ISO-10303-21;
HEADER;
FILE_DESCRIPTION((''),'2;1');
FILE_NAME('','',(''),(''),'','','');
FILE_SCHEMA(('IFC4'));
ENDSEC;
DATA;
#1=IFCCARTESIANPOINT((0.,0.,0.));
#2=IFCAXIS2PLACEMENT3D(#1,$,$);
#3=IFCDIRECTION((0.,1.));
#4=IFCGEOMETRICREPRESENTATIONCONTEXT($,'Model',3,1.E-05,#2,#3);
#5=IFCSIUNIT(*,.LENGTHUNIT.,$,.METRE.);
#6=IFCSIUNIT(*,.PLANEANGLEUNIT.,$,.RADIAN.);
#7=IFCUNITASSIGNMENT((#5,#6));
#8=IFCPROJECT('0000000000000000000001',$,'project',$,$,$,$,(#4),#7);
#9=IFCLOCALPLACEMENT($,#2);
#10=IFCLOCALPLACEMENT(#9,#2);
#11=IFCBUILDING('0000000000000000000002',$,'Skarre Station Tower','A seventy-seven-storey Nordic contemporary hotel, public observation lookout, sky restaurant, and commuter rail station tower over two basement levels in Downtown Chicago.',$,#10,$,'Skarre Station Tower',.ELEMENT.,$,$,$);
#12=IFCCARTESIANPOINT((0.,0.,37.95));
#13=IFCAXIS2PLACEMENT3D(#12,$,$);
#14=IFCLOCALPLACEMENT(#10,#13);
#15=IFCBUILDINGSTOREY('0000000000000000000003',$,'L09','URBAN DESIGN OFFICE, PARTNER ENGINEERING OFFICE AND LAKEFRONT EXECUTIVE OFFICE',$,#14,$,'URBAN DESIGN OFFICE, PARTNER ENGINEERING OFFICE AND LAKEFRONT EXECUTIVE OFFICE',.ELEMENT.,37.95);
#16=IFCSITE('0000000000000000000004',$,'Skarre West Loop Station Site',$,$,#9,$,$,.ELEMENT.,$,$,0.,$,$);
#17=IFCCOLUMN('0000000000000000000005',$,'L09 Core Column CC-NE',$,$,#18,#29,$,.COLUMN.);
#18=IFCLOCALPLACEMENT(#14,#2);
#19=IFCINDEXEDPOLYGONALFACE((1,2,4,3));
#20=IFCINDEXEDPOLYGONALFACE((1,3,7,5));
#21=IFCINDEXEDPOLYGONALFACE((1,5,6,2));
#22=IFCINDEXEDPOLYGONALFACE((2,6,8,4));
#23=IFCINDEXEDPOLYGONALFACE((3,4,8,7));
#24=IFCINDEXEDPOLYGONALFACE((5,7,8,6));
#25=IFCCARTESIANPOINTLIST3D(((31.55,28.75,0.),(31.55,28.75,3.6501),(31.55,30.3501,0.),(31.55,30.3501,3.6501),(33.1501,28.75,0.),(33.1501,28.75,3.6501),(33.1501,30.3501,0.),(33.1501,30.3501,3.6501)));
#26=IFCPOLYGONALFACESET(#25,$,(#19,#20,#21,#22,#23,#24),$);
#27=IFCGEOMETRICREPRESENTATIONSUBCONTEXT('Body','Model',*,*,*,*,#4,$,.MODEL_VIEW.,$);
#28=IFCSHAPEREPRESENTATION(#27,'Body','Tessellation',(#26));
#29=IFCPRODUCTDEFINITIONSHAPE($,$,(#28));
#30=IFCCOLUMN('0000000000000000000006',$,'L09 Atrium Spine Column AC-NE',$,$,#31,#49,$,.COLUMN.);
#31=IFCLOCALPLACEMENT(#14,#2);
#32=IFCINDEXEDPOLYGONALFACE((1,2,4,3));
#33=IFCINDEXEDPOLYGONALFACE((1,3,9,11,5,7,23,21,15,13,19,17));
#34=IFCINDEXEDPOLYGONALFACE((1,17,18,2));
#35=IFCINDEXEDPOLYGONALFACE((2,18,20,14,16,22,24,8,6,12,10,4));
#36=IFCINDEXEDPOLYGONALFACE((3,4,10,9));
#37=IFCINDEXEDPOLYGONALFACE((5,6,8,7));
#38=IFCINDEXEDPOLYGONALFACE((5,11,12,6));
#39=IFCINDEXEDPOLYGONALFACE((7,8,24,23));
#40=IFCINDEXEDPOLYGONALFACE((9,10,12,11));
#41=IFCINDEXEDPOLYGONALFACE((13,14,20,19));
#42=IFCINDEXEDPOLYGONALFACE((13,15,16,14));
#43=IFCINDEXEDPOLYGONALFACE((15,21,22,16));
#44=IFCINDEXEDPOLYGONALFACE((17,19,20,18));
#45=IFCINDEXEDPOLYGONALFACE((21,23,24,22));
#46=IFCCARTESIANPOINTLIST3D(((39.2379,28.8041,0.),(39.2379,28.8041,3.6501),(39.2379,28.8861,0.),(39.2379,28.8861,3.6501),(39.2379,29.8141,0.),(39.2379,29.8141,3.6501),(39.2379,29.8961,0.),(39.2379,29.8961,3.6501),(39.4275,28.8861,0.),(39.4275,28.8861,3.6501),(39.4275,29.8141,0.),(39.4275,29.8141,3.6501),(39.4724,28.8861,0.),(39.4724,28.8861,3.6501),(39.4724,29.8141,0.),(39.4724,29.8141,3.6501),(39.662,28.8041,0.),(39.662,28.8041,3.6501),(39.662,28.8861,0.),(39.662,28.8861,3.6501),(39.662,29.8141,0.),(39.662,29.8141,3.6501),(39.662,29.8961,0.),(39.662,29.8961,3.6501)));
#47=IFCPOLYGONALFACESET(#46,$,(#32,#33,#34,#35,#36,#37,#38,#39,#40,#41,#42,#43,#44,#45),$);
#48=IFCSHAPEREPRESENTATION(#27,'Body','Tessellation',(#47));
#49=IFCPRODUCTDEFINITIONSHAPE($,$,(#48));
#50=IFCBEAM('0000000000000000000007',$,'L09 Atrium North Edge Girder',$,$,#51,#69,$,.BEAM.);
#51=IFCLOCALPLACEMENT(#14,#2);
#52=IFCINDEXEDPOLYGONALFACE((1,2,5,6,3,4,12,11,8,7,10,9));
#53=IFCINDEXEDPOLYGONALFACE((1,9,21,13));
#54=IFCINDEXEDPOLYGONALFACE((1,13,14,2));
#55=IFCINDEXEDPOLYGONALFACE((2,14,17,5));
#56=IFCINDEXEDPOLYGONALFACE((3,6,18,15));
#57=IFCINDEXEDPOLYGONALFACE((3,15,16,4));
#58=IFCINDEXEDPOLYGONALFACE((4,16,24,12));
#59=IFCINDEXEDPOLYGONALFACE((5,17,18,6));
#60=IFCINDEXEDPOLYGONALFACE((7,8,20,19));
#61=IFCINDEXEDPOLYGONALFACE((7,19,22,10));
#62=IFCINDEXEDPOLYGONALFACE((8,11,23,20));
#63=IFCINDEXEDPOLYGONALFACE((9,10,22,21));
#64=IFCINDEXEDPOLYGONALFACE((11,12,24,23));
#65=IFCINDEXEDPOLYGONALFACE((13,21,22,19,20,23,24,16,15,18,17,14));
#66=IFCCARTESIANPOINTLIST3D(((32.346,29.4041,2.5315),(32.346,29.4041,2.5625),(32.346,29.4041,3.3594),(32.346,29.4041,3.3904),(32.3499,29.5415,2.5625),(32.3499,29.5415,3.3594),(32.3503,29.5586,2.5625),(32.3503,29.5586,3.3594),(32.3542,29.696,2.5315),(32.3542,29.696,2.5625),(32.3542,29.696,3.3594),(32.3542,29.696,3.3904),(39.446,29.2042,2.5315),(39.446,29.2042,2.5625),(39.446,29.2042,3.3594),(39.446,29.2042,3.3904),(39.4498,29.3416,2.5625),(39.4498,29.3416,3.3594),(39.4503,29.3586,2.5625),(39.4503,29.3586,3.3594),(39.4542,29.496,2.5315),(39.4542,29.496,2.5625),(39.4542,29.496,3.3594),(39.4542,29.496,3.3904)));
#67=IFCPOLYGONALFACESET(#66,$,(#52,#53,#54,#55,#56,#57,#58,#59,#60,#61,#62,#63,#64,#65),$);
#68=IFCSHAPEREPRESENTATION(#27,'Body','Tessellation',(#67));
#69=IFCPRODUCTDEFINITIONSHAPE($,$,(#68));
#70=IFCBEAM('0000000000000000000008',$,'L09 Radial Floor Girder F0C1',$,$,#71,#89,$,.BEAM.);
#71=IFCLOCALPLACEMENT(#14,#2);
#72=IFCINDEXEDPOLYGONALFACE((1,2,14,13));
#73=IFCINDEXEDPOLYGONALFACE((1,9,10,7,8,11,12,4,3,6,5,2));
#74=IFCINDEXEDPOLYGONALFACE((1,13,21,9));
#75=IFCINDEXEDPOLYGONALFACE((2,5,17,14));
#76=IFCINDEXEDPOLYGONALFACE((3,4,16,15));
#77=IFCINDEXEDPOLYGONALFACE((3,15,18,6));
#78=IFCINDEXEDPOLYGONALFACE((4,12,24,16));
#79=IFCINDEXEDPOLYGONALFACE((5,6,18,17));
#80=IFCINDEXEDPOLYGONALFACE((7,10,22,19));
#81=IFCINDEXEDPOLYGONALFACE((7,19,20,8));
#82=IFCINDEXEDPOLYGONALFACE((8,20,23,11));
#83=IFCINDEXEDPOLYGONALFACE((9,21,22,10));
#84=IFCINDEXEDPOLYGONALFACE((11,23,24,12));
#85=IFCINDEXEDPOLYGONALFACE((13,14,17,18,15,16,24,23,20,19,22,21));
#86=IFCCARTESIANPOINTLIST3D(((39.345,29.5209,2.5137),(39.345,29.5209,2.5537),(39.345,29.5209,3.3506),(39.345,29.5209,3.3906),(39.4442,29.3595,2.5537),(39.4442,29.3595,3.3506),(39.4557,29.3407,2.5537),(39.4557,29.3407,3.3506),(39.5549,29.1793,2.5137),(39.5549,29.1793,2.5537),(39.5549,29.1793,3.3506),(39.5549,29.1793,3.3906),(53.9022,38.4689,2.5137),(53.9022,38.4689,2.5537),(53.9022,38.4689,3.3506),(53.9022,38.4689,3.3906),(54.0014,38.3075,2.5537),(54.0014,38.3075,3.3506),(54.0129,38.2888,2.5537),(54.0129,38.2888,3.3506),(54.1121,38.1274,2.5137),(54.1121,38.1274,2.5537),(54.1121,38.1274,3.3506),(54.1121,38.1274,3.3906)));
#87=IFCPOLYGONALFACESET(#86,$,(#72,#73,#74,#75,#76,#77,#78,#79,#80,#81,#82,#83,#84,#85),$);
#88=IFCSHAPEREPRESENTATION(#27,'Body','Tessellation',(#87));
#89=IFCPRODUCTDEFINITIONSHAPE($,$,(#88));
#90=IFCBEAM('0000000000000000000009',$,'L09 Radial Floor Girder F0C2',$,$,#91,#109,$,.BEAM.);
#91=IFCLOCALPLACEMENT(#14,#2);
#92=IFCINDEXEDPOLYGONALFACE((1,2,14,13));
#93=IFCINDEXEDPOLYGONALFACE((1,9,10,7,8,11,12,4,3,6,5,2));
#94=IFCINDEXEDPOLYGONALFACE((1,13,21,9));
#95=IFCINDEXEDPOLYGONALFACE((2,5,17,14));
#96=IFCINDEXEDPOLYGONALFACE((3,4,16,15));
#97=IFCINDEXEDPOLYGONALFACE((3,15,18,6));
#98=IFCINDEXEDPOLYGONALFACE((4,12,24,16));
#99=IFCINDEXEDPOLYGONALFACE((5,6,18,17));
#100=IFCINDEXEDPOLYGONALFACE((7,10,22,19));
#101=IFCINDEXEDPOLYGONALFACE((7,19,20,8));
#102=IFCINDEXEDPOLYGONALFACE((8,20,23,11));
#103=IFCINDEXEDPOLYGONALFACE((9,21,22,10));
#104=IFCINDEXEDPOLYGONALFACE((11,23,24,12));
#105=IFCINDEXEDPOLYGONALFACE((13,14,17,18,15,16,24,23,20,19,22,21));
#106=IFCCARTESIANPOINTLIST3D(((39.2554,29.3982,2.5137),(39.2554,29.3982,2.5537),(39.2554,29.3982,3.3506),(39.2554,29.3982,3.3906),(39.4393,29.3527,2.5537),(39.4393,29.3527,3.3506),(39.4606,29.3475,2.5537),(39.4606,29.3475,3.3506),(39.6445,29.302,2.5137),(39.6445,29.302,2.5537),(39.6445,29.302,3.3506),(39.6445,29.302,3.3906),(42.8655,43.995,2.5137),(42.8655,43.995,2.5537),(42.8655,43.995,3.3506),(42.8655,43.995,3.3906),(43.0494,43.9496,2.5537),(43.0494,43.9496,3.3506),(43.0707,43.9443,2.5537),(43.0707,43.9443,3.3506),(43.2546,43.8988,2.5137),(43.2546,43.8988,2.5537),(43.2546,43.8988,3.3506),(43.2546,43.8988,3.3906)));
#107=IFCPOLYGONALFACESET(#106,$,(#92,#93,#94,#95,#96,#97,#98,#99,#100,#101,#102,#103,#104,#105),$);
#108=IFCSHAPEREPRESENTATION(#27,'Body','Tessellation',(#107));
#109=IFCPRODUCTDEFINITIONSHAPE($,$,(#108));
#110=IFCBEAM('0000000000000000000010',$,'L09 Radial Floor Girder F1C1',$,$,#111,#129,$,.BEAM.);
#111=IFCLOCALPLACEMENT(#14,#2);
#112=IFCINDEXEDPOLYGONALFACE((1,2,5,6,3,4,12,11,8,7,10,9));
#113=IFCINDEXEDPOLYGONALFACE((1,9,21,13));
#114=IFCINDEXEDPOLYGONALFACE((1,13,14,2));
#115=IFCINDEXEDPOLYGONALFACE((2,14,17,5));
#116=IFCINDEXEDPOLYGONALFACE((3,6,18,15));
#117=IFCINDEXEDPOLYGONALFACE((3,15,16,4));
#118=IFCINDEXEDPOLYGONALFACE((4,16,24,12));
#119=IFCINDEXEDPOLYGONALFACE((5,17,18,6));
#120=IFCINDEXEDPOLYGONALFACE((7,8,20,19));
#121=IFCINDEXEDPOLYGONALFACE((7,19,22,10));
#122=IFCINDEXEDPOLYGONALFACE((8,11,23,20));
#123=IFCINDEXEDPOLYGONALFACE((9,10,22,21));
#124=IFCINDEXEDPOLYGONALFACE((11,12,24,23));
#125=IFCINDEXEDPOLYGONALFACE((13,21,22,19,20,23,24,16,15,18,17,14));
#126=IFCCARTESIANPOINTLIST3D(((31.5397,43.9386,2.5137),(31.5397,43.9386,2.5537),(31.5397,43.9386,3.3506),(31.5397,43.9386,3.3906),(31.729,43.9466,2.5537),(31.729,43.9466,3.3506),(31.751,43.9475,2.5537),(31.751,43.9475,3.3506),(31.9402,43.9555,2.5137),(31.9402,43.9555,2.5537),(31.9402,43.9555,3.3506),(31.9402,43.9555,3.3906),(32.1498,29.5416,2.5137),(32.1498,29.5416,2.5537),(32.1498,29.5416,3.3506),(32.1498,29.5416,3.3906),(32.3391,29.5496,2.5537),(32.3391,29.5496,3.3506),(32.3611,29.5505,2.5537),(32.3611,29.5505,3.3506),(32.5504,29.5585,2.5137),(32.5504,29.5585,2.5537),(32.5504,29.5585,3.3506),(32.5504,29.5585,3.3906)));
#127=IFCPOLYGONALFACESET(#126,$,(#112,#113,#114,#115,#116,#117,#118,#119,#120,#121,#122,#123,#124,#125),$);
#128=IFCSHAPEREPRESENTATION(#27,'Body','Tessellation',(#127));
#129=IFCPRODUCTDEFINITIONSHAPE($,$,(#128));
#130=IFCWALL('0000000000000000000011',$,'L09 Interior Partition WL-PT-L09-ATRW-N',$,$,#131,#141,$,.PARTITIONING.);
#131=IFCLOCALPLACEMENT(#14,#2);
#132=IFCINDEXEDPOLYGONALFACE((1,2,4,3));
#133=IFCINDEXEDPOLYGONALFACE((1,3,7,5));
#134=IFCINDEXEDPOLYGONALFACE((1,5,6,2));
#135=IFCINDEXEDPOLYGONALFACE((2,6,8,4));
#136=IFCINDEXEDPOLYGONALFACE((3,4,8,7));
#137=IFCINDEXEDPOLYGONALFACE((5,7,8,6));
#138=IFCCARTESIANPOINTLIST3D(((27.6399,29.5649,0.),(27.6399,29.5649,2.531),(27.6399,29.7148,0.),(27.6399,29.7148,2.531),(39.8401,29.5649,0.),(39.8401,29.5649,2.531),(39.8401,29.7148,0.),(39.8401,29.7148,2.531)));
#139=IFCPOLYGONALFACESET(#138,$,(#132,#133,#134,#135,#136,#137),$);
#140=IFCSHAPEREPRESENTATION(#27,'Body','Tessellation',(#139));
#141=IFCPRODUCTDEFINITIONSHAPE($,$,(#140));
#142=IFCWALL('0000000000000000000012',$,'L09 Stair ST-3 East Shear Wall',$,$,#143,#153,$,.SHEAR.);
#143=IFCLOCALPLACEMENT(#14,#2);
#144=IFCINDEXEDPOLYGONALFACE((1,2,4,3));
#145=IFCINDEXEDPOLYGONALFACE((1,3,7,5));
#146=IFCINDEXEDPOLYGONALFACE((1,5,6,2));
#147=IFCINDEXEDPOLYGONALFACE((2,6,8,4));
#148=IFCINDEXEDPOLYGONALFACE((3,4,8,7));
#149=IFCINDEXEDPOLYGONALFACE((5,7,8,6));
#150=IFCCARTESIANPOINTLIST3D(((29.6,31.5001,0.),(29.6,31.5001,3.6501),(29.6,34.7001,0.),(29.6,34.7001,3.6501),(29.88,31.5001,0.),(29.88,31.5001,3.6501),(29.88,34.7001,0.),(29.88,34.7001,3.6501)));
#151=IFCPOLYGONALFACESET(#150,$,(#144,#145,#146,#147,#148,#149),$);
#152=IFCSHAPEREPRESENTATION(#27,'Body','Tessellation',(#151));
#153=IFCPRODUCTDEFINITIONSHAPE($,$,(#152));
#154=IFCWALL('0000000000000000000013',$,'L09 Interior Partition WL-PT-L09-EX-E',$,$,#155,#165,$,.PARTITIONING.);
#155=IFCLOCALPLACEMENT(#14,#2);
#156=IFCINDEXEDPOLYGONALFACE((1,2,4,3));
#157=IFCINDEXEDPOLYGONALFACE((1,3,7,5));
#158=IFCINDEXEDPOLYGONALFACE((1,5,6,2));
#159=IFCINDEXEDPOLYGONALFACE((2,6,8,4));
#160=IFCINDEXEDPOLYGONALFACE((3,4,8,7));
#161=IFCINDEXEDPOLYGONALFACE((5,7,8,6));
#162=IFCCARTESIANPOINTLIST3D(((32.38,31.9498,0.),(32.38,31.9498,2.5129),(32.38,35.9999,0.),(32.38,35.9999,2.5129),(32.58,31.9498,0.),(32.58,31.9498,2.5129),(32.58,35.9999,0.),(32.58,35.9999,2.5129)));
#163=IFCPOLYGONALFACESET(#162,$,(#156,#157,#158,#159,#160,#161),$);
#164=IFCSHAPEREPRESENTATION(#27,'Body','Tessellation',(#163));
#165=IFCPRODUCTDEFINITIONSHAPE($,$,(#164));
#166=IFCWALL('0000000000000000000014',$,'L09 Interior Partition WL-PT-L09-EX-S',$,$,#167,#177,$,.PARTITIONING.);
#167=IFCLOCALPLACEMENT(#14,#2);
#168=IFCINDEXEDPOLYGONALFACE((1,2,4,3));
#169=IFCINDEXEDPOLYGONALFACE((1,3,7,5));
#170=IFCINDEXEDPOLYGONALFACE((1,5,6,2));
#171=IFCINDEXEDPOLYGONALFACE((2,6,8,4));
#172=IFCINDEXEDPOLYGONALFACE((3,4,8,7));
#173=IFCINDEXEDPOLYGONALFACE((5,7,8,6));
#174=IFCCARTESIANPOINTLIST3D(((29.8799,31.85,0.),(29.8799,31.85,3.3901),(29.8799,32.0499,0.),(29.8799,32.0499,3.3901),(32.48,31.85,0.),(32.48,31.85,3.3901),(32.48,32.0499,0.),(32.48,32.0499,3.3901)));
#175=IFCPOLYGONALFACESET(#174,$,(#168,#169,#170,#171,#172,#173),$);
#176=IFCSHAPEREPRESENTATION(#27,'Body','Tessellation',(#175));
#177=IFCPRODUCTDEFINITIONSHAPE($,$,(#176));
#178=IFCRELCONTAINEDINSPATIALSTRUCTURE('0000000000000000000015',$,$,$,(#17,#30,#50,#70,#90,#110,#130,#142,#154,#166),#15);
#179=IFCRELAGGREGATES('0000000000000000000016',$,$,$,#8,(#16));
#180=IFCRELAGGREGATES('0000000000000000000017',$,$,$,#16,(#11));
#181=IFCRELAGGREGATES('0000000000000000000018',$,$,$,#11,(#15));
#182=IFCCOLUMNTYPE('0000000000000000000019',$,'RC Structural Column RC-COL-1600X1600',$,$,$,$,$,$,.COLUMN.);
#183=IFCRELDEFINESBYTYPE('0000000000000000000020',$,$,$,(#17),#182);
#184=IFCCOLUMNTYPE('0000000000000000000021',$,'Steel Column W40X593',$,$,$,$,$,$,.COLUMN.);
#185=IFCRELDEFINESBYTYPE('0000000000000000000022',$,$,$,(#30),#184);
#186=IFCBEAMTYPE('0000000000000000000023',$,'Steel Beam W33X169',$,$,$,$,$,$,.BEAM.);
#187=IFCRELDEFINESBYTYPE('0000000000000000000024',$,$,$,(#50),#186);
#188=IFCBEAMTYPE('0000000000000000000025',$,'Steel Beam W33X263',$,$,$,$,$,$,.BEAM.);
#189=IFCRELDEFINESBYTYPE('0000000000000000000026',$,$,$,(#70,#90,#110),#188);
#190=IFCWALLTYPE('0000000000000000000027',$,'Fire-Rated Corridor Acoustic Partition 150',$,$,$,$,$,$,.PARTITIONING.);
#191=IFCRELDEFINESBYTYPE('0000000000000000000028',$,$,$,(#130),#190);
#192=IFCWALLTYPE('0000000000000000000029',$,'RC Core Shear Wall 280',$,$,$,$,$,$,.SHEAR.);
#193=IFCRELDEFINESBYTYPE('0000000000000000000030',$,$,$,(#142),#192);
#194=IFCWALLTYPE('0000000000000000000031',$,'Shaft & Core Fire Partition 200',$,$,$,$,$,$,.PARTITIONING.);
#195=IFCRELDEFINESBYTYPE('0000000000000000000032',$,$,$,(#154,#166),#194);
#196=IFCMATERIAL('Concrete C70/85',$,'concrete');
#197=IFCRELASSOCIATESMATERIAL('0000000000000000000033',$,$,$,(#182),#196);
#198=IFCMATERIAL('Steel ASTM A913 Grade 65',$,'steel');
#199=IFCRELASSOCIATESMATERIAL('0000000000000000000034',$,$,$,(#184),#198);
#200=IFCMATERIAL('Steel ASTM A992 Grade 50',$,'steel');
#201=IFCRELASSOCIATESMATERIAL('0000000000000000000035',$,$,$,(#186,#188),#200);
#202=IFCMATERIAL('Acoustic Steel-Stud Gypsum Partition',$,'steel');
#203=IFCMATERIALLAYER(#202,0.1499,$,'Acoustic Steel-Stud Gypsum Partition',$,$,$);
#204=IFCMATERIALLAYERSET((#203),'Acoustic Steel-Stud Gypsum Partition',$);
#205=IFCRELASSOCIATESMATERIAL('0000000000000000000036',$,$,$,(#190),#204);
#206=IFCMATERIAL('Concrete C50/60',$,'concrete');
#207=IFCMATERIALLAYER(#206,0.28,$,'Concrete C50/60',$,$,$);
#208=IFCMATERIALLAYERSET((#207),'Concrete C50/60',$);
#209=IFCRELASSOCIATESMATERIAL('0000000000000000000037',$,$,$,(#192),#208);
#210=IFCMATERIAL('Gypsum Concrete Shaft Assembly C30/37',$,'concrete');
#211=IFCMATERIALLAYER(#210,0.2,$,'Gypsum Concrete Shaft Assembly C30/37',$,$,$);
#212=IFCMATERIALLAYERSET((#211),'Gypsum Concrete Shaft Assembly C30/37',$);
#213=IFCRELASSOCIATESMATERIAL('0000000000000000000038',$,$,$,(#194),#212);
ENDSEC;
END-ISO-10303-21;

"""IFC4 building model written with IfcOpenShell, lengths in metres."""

from ifc_helpers import new_model, si_unit, direction, frame, frame_2d, origin, origin_2d, place, context, subcontext, project, spatial, rectangle, i_section, extrude, material, layer, layer_set, material_profile, profile_set, type_object, element, save


model = new_model("IFC4")

# Units and contexts
model_context = context("Model", 3, precision=1e-05, world=origin(), true_north=direction((0.0, 1.0)))
body_context = subcontext(model_context, "Body", "Model", "MODEL_VIEW")
ifc_project = project(units=[si_unit("LENGTHUNIT", "METRE"), si_unit("PLANEANGLEUNIT", "RADIAN")], contexts=[model_context])

# Site, building, storey
site_placement = place(None, origin())
site = spatial("IfcSite", under=ifc_project, at=site_placement, Name="Skarre West Loop Station Site", CompositionType="ELEMENT", RefElevation=0.0)
building_placement = place(site_placement, origin())
building = spatial("IfcBuilding", under=site, at=building_placement, Name="Skarre Station Tower", Description="A seventy-seven-storey Nordic contemporary hotel, public observation lookout, sky restaurant, and commuter rail station tower over two basement levels in Downtown Chicago.", LongName="Skarre Station Tower", CompositionType="ELEMENT")
storey_placement = place(building_placement, frame((0.0, 0.0, 37.95)))
storey = spatial("IfcBuildingStorey", under=building, at=storey_placement, Name="L09", Description="URBAN DESIGN OFFICE, PARTNER ENGINEERING OFFICE AND LAKEFRONT EXECUTIVE OFFICE", LongName="URBAN DESIGN OFFICE, PARTNER ENGINEERING OFFICE AND LAKEFRONT EXECUTIVE OFFICE", CompositionType="ELEMENT", Elevation=37.95)

# Columns
ifc_material_1 = material(Name="Concrete C70/85", Category="concrete")
ifc_material_profile_1 = material_profile(ifc_material_1, rectangle(XDim=1.6001, YDim=1.6001, at=origin_2d()), Name="Concrete C70/85")
ifc_profile_set_1 = profile_set([ifc_material_profile_1], Name="Concrete C70/85")
column_type_1 = type_object("IfcColumnType", Name="RC Structural Column RC-COL-1600X1600", PredefinedType="COLUMN", material=ifc_profile_set_1)
column_1_placement = place(storey_placement, frame((32.3501, 29.55, 0.0), z_axis=(0.0, 0.0, 1.0), x_axis=(1.0, 0.0, 0.0)))
element("IfcColumn", 1, at=column_1_placement, inside=storey, type_object=column_type_1, Name="L09 Core Column CC-NE", PredefinedType="COLUMN", context=body_context, shape_type="SweptSolid", body=[
    extrude(rectangle(XDim=1.6001, YDim=1.6001, at=origin_2d()), origin(), (0.0, 0.0, 1.0), 3.6501),
])
ifc_material_2 = material(Name="Steel ASTM A913 Grade 65", Category="steel")
ifc_material_profile_2 = material_profile(ifc_material_2, i_section(OverallWidth=0.4241, OverallDepth=1.092, WebThickness=0.0449, FlangeThickness=0.082, at=origin_2d()), Name="Steel ASTM A913 Grade 65")
ifc_profile_set_2 = profile_set([ifc_material_profile_2], Name="Steel ASTM A913 Grade 65")
column_type_2 = type_object("IfcColumnType", Name="Steel Column W40X593", PredefinedType="COLUMN", material=ifc_profile_set_2)
column_2_placement = place(storey_placement, frame((39.45, 29.3501, 0.0), z_axis=(0.0, 0.0, 1.0), x_axis=(1.0, 0.0, 0.0)))
element("IfcColumn", 2, at=column_2_placement, inside=storey, type_object=column_type_2, Name="L09 Atrium Spine Column AC-NE", PredefinedType="COLUMN", context=body_context, shape_type="SweptSolid", body=[
    extrude(i_section(OverallWidth=0.4241, OverallDepth=1.092, WebThickness=0.0449, FlangeThickness=0.082, at=origin_2d()), origin(), (0.0, 0.0, 1.0), 3.6501),
])

# Beams
ifc_material_3 = material(Name="Steel ASTM A992 Grade 50", Category="steel")
ifc_material_profile_3 = material_profile(ifc_material_3, i_section(OverallWidth=0.292, OverallDepth=0.8589, WebThickness=0.0171, FlangeThickness=0.031, at=origin_2d()), Name="Steel ASTM A992 Grade 50")
ifc_profile_set_3 = profile_set([ifc_material_profile_3], Name="Steel ASTM A992 Grade 50")
beam_type_1 = type_object("IfcBeamType", Name="Steel Beam W33X169", PredefinedType="BEAM", material=ifc_profile_set_3)
beam_1_placement = place(storey_placement, frame((32.3501, 29.55, 2.9609), z_axis=(0.999604, -0.028152, 0.0), x_axis=(0.028152, 0.999604, 0.0)))
element("IfcBeam", 3, at=beam_1_placement, inside=storey, type_object=beam_type_1, Name="L09 Atrium North Edge Girder", PredefinedType="BEAM", context=body_context, shape_type="SweptSolid", body=[
    extrude(i_section(OverallWidth=0.292, OverallDepth=0.8589, WebThickness=0.0171, FlangeThickness=0.031, at=origin_2d()), origin(), (0.0, 0.0, 1.0), 7.1028),
])
ifc_material_profile_4 = material_profile(ifc_material_3, i_section(OverallWidth=0.4009, OverallDepth=0.877, WebThickness=0.022, FlangeThickness=0.04, at=origin_2d()), Name="Steel ASTM A992 Grade 50")
ifc_profile_set_4 = profile_set([ifc_material_profile_4], Name="Steel ASTM A992 Grade 50")
beam_type_2 = type_object("IfcBeamType", Name="Steel Beam W33X263", PredefinedType="BEAM", material=ifc_profile_set_4)
beam_2_placement = place(storey_placement, frame((39.45, 29.3501, 2.9521), z_axis=(0.851926, 0.523663, 0.0), x_axis=(-0.523663, 0.851926, 0.0)))
element("IfcBeam", 4, at=beam_2_placement, inside=storey, type_object=beam_type_2, Name="L09 Radial Floor Girder F0C1", PredefinedType="BEAM", context=body_context, shape_type="SweptSolid", body=[
    extrude(i_section(OverallWidth=0.4009, OverallDepth=0.877, WebThickness=0.022, FlangeThickness=0.04, at=origin_2d()), origin(), (0.0, 0.0, 1.0), 17.0874),
])
beam_3_placement = place(storey_placement, frame((39.45, 29.3501, 2.9521), z_axis=(0.240086, 0.970752, 0.0), x_axis=(-0.970752, 0.240086, 0.0)))
element("IfcBeam", 5, at=beam_3_placement, inside=storey, type_object=beam_type_2, Name="L09 Radial Floor Girder F0C2", PredefinedType="BEAM", context=body_context, shape_type="SweptSolid", body=[
    extrude(i_section(OverallWidth=0.4009, OverallDepth=0.877, WebThickness=0.022, FlangeThickness=0.04, at=origin_2d()), origin(), (0.0, 0.0, 1.0), 15.0366),
])
beam_4_placement = place(storey_placement, frame((32.3501, 29.55, 2.9521), z_axis=(-0.042339, 0.999103, 0.0), x_axis=(-0.999103, -0.042339, 0.0)))
element("IfcBeam", 6, at=beam_4_placement, inside=storey, type_object=beam_type_2, Name="L09 Radial Floor Girder F1C1", PredefinedType="BEAM", context=body_context, shape_type="SweptSolid", body=[
    extrude(i_section(OverallWidth=0.4009, OverallDepth=0.877, WebThickness=0.022, FlangeThickness=0.04, at=origin_2d()), origin(), (0.0, 0.0, 1.0), 14.4099),
])

# Walls
ifc_material_4 = material(Name="Acoustic Steel-Stud Gypsum Partition", Category="steel")
ifc_layer_1 = layer(ifc_material_4, 0.1499, Name="Acoustic Steel-Stud Gypsum Partition")
ifc_layer_set_1 = layer_set([ifc_layer_1], Name="Acoustic Steel-Stud Gypsum Partition")
wall_type_1 = type_object("IfcWallType", Name="Fire-Rated Corridor Acoustic Partition 150", PredefinedType="PARTITIONING", material=ifc_layer_set_1)
wall_1_placement = place(storey_placement, frame((39.8401, 29.6399, 0.0), z_axis=(0.0, 0.0, 1.0), x_axis=(-1.0, 0.0, 0.0)))
element("IfcWall", 7, at=wall_1_placement, inside=storey, type_object=wall_type_1, Name="L09 Interior Partition WL-PT-L09-ATRW-N", PredefinedType="PARTITIONING", context=body_context, shape_type="SweptSolid", body=[
    extrude(rectangle(XDim=12.2002, YDim=0.1499, at=frame_2d((6.1001, 0.0))), origin(), (0.0, 0.0, 1.0), 2.531),
])
ifc_material_5 = material(Name="Concrete C50/60", Category="concrete")
ifc_layer_2 = layer(ifc_material_5, 0.28, Name="Concrete C50/60")
ifc_layer_set_2 = layer_set([ifc_layer_2], Name="Concrete C50/60")
wall_type_2 = type_object("IfcWallType", Name="RC Core Shear Wall 280", PredefinedType="SHEAR", material=ifc_layer_set_2)
wall_2_placement = place(storey_placement, frame((29.74, 31.5, 0.0), z_axis=(0.0, 0.0, 1.0), x_axis=(0.0, 1.0, 0.0)))
element("IfcWall", 8, at=wall_2_placement, inside=storey, type_object=wall_type_2, Name="L09 Stair ST-3 East Shear Wall", PredefinedType="SHEAR", context=body_context, shape_type="SweptSolid", body=[
    extrude(rectangle(XDim=3.2, YDim=0.28, at=frame_2d((1.6001, 0.0))), origin(), (0.0, 0.0, 1.0), 3.6501),
])
ifc_material_6 = material(Name="Gypsum Concrete Shaft Assembly C30/37", Category="concrete")
ifc_layer_3 = layer(ifc_material_6, 0.2, Name="Gypsum Concrete Shaft Assembly C30/37")
ifc_layer_set_3 = layer_set([ifc_layer_3], Name="Gypsum Concrete Shaft Assembly C30/37")
wall_type_3 = type_object("IfcWallType", Name="Shaft & Core Fire Partition 200", PredefinedType="PARTITIONING", material=ifc_layer_set_3)
wall_3_placement = place(storey_placement, frame((32.48, 31.95, 0.0), z_axis=(0.0, 0.0, 1.0), x_axis=(0.0, 1.0, 0.0)))
element("IfcWall", 9, at=wall_3_placement, inside=storey, type_object=wall_type_3, Name="L09 Interior Partition WL-PT-L09-EX-E", PredefinedType="PARTITIONING", context=body_context, shape_type="SweptSolid", body=[
    extrude(rectangle(XDim=4.05, YDim=0.2, at=frame_2d((2.0249, 0.0))), origin(), (0.0, 0.0, 1.0), 2.5129),
])
wall_4_placement = place(storey_placement, frame((32.48, 31.95, 0.0), z_axis=(0.0, 0.0, 1.0), x_axis=(-1.0, 0.0, 0.0)))
element("IfcWall", 10, at=wall_4_placement, inside=storey, type_object=wall_type_3, Name="L09 Interior Partition WL-PT-L09-EX-S", PredefinedType="PARTITIONING", context=body_context, shape_type="SweptSolid", body=[
    extrude(rectangle(XDim=2.6001, YDim=0.2, at=frame_2d((1.3, 0.0))), origin(), (0.0, 0.0, 1.0), 3.3901),
])

save(model, "model.ifc")
